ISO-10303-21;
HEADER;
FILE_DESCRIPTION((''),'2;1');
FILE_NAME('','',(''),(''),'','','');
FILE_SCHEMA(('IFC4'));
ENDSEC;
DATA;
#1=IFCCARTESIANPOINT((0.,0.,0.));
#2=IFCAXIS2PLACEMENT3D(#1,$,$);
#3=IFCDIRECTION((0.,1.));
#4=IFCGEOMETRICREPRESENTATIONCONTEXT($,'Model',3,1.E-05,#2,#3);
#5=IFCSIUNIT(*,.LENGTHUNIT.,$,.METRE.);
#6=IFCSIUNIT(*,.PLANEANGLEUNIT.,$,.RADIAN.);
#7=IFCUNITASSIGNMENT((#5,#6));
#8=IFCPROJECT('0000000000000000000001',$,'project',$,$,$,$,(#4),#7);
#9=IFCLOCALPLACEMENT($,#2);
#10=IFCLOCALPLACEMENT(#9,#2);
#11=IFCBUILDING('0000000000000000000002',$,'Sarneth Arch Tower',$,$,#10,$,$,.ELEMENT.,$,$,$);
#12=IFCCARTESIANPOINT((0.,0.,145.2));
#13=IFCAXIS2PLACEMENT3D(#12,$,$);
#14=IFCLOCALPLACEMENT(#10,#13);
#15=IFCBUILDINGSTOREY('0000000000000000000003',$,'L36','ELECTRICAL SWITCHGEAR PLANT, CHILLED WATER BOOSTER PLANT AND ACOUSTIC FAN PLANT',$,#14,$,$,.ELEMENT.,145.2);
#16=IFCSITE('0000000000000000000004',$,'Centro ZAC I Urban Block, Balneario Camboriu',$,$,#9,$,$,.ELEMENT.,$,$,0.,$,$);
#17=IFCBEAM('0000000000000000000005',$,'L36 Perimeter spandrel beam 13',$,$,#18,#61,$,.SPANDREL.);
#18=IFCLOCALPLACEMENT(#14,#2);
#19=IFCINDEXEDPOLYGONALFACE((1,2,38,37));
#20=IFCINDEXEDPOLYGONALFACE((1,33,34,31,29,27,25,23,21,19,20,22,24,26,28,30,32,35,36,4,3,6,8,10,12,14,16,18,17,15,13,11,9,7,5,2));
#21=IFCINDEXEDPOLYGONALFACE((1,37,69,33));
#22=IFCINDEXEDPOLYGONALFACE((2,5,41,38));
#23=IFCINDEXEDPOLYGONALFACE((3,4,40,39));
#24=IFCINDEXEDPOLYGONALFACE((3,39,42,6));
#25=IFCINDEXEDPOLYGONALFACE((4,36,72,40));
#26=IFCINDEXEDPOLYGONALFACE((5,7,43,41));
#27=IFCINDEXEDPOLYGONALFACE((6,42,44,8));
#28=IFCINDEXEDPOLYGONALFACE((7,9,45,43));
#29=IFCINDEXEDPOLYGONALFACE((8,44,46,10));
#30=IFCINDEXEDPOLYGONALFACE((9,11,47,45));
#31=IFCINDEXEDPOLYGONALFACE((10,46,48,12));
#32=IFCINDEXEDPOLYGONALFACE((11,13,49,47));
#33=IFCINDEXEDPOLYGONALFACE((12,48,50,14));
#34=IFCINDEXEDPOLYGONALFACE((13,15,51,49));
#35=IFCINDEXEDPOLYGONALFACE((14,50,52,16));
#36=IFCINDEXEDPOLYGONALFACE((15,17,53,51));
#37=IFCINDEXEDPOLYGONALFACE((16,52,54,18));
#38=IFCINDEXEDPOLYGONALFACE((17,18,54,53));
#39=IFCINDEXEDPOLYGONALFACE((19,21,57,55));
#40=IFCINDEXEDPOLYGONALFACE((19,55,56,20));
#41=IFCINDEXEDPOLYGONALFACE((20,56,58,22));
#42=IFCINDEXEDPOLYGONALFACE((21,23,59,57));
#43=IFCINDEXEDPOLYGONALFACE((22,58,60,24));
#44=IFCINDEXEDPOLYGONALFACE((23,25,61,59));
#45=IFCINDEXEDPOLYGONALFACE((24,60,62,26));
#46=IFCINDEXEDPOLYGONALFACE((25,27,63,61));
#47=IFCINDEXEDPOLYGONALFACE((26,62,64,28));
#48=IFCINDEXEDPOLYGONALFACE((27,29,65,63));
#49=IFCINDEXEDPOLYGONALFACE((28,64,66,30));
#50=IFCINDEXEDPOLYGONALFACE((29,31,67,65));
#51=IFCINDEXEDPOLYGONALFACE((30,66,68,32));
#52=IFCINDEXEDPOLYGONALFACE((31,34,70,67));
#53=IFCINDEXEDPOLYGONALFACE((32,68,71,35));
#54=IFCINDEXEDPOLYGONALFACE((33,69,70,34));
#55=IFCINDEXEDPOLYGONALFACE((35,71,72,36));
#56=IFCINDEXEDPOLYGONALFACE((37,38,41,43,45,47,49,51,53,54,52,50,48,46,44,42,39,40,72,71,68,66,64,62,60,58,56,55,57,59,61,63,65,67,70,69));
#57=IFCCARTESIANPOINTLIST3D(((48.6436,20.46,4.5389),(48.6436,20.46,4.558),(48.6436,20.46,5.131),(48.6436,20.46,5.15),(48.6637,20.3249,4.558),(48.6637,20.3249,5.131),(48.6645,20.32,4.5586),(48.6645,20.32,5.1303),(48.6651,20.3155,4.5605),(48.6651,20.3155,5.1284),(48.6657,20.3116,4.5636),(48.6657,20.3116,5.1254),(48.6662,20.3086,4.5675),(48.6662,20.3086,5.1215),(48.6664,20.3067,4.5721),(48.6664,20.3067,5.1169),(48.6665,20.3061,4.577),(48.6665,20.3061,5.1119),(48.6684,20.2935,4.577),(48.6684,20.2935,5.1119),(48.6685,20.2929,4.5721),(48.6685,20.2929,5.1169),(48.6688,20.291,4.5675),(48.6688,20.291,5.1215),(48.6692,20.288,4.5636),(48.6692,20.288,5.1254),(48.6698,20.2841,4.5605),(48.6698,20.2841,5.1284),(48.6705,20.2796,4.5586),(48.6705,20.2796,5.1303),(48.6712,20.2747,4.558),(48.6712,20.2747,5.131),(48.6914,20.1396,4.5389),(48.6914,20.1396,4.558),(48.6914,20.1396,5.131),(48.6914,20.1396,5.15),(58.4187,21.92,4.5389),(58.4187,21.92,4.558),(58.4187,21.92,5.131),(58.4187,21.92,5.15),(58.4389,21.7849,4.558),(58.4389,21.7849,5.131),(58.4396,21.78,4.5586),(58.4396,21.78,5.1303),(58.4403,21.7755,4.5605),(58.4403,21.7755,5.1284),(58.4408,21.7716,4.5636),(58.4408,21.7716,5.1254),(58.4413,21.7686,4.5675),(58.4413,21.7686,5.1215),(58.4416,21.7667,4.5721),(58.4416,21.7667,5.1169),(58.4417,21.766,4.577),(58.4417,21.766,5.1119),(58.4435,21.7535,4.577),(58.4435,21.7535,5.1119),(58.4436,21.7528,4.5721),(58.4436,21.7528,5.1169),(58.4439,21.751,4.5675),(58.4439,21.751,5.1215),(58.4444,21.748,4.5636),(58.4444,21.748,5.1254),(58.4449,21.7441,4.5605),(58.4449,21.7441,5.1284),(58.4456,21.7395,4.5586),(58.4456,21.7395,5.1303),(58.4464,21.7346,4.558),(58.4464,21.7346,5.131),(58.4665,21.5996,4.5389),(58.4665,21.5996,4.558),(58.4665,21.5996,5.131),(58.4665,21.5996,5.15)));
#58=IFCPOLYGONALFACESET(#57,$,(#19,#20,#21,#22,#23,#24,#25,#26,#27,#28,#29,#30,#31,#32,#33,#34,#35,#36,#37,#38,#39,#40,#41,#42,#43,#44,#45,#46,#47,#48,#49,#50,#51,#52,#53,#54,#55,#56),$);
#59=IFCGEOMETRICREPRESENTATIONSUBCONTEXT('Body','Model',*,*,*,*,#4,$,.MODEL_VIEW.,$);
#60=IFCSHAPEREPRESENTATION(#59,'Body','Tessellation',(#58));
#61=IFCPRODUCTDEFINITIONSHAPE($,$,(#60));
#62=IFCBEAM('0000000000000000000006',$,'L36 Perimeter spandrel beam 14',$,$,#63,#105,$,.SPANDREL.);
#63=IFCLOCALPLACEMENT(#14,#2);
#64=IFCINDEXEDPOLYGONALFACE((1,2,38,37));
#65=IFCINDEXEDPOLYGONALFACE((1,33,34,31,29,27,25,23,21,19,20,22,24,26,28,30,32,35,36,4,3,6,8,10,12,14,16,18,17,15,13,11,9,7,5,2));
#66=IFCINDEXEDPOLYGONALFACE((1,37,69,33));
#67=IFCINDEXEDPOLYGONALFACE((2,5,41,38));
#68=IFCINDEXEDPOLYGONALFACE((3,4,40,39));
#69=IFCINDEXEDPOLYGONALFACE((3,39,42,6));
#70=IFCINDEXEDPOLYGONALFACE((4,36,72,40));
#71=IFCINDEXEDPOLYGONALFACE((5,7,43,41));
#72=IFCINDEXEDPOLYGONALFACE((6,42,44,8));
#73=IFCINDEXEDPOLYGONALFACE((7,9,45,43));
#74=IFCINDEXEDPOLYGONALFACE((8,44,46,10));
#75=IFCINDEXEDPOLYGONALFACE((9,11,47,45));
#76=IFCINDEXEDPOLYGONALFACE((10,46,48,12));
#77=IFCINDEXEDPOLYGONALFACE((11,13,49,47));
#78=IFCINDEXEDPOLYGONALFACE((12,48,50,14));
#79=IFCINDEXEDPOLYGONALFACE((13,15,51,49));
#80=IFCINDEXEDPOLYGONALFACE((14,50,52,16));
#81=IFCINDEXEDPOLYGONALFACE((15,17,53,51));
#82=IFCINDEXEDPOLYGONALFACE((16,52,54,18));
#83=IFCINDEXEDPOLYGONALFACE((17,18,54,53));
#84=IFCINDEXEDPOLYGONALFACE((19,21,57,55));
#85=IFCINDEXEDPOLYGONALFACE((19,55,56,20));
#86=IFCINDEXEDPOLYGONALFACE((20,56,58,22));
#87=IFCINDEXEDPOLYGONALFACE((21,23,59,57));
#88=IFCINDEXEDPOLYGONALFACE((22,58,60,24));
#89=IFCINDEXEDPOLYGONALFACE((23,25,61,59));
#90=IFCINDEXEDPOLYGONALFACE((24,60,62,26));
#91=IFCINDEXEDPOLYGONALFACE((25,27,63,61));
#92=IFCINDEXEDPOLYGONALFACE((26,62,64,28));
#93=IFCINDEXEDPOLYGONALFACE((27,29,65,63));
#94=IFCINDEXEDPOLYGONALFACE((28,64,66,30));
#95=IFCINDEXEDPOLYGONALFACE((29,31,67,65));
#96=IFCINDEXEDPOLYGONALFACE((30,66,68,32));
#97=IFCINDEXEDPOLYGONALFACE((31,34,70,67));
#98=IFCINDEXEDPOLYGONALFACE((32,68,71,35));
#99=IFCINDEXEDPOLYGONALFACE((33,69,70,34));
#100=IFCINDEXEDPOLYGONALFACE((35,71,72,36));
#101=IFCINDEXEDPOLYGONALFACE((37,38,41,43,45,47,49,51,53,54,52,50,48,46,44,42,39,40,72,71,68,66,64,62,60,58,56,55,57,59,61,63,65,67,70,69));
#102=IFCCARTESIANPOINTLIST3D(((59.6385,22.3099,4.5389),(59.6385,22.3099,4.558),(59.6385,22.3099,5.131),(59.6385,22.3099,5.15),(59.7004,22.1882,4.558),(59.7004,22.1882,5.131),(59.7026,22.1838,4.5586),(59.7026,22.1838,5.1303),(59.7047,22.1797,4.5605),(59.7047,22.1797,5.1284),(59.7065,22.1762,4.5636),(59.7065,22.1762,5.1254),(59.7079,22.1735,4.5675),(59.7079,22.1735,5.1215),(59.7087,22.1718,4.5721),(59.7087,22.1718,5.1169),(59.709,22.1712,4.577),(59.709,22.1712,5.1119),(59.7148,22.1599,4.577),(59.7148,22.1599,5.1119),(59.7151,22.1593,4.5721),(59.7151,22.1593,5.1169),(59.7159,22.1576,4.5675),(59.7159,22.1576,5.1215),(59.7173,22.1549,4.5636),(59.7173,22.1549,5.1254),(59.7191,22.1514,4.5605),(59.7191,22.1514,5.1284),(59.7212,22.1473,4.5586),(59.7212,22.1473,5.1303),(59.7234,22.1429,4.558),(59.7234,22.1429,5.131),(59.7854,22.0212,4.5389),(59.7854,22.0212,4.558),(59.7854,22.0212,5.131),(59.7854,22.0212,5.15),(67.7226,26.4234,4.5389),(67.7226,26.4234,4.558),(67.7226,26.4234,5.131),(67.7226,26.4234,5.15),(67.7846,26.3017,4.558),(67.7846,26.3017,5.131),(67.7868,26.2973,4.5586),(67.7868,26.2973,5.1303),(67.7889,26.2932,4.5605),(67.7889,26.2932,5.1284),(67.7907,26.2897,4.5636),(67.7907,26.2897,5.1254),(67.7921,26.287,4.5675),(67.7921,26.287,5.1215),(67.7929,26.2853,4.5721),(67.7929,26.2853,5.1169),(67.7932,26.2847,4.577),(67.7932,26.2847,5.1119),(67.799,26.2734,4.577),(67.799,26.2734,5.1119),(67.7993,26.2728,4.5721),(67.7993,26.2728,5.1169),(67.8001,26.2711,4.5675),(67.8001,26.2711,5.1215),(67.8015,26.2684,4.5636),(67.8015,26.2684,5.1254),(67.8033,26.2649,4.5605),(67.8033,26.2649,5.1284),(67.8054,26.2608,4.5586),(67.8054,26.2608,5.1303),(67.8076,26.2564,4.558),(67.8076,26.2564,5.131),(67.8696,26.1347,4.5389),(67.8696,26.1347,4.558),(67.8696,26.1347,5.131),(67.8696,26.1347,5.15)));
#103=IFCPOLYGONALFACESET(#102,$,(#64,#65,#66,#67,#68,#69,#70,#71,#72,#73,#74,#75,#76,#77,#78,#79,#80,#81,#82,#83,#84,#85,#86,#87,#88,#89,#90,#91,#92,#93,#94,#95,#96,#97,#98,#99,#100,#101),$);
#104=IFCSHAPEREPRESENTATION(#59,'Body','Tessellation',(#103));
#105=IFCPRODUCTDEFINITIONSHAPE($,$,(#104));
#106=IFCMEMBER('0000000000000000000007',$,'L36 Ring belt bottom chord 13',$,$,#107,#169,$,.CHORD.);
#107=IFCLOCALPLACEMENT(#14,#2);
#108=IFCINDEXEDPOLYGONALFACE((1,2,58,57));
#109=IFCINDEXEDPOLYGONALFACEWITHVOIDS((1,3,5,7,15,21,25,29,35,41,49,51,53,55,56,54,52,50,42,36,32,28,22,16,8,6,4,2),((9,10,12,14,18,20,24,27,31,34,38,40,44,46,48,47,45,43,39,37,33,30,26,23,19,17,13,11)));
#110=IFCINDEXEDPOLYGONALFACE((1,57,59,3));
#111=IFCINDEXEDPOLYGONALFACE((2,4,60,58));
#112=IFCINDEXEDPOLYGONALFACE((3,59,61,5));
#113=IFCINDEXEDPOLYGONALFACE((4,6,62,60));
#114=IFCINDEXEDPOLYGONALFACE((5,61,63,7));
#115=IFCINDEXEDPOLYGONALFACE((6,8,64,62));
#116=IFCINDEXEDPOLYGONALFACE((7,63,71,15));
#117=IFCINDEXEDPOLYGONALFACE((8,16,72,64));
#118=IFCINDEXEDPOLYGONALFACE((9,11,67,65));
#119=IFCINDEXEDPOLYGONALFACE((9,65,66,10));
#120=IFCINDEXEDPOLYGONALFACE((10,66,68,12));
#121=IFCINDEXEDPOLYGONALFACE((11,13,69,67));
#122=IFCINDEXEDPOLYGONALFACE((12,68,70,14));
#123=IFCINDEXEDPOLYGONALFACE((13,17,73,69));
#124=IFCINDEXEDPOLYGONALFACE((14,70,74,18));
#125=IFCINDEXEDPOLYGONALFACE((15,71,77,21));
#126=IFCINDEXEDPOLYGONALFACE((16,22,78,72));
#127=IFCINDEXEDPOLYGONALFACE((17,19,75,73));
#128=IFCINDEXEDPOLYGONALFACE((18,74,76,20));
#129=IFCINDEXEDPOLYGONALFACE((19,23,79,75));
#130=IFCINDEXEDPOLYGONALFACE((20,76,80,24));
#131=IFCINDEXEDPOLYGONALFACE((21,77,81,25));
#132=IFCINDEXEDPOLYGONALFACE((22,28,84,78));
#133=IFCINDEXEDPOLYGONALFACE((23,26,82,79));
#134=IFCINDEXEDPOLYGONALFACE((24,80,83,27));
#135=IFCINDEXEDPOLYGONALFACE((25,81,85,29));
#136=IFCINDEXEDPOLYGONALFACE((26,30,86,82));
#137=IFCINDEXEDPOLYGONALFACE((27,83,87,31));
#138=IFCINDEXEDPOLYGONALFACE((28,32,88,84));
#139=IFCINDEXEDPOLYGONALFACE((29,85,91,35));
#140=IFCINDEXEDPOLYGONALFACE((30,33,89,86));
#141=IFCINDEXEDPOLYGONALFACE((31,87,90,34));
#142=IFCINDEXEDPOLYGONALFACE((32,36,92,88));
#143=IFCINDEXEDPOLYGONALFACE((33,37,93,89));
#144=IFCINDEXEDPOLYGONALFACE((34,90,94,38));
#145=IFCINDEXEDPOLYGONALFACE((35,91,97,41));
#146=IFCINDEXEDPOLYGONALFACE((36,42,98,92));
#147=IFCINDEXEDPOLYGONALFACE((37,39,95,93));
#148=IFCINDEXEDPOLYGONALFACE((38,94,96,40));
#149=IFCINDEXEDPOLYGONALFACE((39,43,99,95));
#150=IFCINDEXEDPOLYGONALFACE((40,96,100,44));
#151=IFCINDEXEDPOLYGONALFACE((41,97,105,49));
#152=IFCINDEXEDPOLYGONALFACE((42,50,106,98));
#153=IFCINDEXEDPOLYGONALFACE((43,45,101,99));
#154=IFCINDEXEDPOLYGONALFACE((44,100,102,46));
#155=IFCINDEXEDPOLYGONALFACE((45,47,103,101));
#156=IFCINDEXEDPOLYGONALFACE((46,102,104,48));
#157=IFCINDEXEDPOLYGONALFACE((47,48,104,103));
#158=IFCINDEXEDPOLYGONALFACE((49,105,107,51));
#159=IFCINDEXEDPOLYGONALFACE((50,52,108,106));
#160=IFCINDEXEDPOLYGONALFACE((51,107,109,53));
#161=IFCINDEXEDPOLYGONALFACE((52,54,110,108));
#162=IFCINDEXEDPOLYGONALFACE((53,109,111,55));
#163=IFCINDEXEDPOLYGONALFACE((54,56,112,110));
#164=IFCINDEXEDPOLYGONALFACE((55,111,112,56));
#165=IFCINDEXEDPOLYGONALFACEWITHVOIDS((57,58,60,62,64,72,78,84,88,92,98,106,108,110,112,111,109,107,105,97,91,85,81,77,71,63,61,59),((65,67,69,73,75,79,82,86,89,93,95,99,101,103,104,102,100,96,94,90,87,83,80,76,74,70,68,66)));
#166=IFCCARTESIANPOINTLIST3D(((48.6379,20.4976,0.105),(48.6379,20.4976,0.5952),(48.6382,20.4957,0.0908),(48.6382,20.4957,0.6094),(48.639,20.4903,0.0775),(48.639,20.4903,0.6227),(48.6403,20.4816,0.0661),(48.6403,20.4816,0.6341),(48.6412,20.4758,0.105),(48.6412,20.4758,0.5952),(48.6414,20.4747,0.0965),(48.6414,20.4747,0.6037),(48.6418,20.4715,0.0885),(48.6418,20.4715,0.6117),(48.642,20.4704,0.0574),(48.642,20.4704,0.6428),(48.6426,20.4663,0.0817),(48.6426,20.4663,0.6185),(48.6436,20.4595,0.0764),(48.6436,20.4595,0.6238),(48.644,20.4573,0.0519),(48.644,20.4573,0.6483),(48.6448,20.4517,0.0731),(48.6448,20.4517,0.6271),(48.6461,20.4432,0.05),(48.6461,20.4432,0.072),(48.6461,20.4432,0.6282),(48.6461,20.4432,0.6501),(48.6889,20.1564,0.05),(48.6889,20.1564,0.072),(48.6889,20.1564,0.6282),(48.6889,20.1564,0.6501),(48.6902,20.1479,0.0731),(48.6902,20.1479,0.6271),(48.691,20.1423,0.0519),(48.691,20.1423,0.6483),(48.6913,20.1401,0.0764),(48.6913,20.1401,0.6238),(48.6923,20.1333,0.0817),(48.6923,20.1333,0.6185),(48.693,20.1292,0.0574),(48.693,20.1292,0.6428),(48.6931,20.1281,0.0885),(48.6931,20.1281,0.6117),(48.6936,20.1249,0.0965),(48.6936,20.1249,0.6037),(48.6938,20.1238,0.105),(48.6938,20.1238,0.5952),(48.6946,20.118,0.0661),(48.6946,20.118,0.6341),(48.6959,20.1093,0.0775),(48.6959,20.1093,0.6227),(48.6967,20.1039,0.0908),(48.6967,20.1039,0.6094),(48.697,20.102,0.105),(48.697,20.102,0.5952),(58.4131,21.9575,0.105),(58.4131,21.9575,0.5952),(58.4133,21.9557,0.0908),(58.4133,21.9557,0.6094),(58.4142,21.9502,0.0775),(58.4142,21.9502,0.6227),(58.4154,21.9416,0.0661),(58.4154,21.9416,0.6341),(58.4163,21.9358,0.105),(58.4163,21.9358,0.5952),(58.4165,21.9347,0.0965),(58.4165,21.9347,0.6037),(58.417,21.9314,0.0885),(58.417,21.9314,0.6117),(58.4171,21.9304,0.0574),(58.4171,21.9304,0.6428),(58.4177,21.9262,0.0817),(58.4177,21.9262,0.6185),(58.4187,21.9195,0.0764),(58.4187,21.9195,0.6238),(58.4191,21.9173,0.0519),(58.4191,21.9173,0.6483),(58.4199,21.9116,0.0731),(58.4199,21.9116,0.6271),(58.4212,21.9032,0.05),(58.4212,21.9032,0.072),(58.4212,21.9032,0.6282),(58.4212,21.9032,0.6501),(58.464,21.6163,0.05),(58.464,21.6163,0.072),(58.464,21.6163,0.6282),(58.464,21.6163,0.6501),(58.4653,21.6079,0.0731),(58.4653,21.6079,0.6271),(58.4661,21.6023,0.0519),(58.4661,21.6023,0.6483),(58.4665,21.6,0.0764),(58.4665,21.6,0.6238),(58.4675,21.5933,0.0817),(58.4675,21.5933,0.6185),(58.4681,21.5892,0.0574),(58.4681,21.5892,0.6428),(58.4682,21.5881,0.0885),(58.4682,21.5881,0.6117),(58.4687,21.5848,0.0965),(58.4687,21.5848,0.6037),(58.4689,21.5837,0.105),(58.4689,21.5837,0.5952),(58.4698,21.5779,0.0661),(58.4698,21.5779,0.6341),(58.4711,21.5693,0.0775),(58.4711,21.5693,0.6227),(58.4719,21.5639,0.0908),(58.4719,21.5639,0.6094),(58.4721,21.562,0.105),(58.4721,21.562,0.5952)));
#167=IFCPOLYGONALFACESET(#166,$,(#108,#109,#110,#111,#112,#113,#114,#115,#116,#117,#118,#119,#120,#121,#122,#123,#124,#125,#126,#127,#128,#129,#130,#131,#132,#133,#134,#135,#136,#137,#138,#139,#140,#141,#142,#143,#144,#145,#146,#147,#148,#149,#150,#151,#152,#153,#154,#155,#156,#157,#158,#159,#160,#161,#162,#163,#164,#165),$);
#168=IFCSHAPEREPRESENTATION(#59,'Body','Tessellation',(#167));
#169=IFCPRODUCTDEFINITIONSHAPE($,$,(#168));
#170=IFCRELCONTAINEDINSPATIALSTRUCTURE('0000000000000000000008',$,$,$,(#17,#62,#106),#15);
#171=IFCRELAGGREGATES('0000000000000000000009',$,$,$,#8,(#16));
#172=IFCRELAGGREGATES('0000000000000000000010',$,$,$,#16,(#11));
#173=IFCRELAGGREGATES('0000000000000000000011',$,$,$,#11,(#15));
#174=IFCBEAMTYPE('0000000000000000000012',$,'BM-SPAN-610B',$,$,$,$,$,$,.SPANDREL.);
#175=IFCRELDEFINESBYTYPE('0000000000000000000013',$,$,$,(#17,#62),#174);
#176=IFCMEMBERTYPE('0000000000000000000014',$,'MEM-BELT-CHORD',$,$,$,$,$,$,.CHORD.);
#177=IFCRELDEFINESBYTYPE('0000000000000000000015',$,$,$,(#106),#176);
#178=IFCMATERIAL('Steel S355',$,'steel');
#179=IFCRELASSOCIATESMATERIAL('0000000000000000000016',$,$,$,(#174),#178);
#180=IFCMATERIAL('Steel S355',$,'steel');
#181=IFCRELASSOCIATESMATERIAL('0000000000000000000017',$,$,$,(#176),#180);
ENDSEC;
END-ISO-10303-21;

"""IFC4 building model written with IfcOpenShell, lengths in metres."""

from ifc_helpers import new_model, si_unit, direction, frame, origin, origin_2d, place, context, subcontext, project, spatial, hollow_rectangle, i_section, extrude, material, material_profile, profile_set, type_object, element, save


model = new_model("IFC4")

# Units and contexts
model_context = context("Model", 3, precision=1e-05, world=origin(), true_north=direction((0.0, 1.0)))
body_context = subcontext(model_context, "Body", "Model", "MODEL_VIEW")
ifc_project = project(units=[si_unit("LENGTHUNIT", "METRE"), si_unit("PLANEANGLEUNIT", "RADIAN")], contexts=[model_context])

# Site, building, storey
site_placement = place(None, origin())
site = spatial("IfcSite", under=ifc_project, at=site_placement, Name="Centro ZAC I Urban Block, Balneario Camboriu", CompositionType="ELEMENT", RefElevation=0.0)
building_placement = place(site_placement, origin())
building = spatial("IfcBuilding", under=site, at=building_placement, Name="Sarneth Arch Tower", CompositionType="ELEMENT")
storey_placement = place(building_placement, frame((0.0, 0.0, 145.2)))
storey = spatial("IfcBuildingStorey", under=building, at=storey_placement, Name="L36", Description="ELECTRICAL SWITCHGEAR PLANT, CHILLED WATER BOOSTER PLANT AND ACOUSTIC FAN PLANT", CompositionType="ELEMENT", Elevation=145.2)

# Beams
ifc_material_1 = material(Name="Steel S355", Category="steel")
ifc_material_profile_1 = material_profile(ifc_material_1, i_section(OverallWidth=0.324, OverallDepth=0.6111, WebThickness=0.0127, FlangeThickness=0.019, FilletRadius=0.019, at=origin_2d()), Name="W610x155")
ifc_profile_set_1 = profile_set([ifc_material_profile_1], Name="Steel S355")
beam_type = type_object("IfcBeamType", Name="BM-SPAN-610B", PredefinedType="SPANDREL", material=ifc_profile_set_1)
beam_1_placement = place(storey_placement, frame((48.6675, 20.2998, 4.8445), z_axis=(0.98903, 0.147716, 0.0), x_axis=(-0.147716, 0.98903, 0.0)))
element("IfcBeam", 1, at=beam_1_placement, inside=storey, type_object=beam_type, Name="L36 Perimeter spandrel beam 13", PredefinedType="SPANDREL", context=body_context, shape_type="SweptSolid", body=[
    extrude(i_section(OverallWidth=0.324, OverallDepth=0.6111, WebThickness=0.0127, FlangeThickness=0.019, FilletRadius=0.019, at=origin_2d()), origin(), (0.0, 0.0, 1.0), 9.8835),
])
beam_2_placement = place(storey_placement, frame((59.7119, 22.1655, 4.8445), z_axis=(0.891256, 0.453501, 0.0), x_axis=(-0.453501, 0.891256, 0.0)))
element("IfcBeam", 2, at=beam_2_placement, inside=storey, type_object=beam_type, Name="L36 Perimeter spandrel beam 14", PredefinedType="SPANDREL", context=body_context, shape_type="SweptSolid", body=[
    extrude(i_section(OverallWidth=0.324, OverallDepth=0.6111, WebThickness=0.0127, FlangeThickness=0.019, FilletRadius=0.019, at=origin_2d()), origin(), (0.0, 0.0, 1.0), 9.0706),
])

# Member
ifc_material_2 = material(Name="Steel S355", Category="steel")
ifc_material_profile_2 = material_profile(ifc_material_2, hollow_rectangle(XDim=0.3999, YDim=0.6001, WallThickness=0.022, InnerFilletRadius=0.033, OuterFilletRadius=0.0549, at=origin_2d()), Name="RHS600x400x22")
ifc_profile_set_2 = profile_set([ifc_material_profile_2], Name="Steel S355")
member_type_1 = type_object("IfcMemberType", Name="MEM-BELT-CHORD", PredefinedType="CHORD", material=ifc_profile_set_2)
member_1_placement = place(storey_placement, frame((48.6675, 20.2998, 0.3501), z_axis=(0.98903, 0.147716, 0.0), x_axis=(-0.147716, 0.98903, 0.0)))
element("IfcMember", 3, at=member_1_placement, inside=storey, type_object=member_type_1, Name="L36 Ring belt bottom chord 13", PredefinedType="CHORD", context=body_context, shape_type="SweptSolid", body=[
    extrude(hollow_rectangle(XDim=0.3999, YDim=0.6001, WallThickness=0.022, InnerFilletRadius=0.033, OuterFilletRadius=0.0549, at=origin_2d()), origin(), (0.0, 0.0, 1.0), 9.8835),
])

save(model, "model.ifc")
